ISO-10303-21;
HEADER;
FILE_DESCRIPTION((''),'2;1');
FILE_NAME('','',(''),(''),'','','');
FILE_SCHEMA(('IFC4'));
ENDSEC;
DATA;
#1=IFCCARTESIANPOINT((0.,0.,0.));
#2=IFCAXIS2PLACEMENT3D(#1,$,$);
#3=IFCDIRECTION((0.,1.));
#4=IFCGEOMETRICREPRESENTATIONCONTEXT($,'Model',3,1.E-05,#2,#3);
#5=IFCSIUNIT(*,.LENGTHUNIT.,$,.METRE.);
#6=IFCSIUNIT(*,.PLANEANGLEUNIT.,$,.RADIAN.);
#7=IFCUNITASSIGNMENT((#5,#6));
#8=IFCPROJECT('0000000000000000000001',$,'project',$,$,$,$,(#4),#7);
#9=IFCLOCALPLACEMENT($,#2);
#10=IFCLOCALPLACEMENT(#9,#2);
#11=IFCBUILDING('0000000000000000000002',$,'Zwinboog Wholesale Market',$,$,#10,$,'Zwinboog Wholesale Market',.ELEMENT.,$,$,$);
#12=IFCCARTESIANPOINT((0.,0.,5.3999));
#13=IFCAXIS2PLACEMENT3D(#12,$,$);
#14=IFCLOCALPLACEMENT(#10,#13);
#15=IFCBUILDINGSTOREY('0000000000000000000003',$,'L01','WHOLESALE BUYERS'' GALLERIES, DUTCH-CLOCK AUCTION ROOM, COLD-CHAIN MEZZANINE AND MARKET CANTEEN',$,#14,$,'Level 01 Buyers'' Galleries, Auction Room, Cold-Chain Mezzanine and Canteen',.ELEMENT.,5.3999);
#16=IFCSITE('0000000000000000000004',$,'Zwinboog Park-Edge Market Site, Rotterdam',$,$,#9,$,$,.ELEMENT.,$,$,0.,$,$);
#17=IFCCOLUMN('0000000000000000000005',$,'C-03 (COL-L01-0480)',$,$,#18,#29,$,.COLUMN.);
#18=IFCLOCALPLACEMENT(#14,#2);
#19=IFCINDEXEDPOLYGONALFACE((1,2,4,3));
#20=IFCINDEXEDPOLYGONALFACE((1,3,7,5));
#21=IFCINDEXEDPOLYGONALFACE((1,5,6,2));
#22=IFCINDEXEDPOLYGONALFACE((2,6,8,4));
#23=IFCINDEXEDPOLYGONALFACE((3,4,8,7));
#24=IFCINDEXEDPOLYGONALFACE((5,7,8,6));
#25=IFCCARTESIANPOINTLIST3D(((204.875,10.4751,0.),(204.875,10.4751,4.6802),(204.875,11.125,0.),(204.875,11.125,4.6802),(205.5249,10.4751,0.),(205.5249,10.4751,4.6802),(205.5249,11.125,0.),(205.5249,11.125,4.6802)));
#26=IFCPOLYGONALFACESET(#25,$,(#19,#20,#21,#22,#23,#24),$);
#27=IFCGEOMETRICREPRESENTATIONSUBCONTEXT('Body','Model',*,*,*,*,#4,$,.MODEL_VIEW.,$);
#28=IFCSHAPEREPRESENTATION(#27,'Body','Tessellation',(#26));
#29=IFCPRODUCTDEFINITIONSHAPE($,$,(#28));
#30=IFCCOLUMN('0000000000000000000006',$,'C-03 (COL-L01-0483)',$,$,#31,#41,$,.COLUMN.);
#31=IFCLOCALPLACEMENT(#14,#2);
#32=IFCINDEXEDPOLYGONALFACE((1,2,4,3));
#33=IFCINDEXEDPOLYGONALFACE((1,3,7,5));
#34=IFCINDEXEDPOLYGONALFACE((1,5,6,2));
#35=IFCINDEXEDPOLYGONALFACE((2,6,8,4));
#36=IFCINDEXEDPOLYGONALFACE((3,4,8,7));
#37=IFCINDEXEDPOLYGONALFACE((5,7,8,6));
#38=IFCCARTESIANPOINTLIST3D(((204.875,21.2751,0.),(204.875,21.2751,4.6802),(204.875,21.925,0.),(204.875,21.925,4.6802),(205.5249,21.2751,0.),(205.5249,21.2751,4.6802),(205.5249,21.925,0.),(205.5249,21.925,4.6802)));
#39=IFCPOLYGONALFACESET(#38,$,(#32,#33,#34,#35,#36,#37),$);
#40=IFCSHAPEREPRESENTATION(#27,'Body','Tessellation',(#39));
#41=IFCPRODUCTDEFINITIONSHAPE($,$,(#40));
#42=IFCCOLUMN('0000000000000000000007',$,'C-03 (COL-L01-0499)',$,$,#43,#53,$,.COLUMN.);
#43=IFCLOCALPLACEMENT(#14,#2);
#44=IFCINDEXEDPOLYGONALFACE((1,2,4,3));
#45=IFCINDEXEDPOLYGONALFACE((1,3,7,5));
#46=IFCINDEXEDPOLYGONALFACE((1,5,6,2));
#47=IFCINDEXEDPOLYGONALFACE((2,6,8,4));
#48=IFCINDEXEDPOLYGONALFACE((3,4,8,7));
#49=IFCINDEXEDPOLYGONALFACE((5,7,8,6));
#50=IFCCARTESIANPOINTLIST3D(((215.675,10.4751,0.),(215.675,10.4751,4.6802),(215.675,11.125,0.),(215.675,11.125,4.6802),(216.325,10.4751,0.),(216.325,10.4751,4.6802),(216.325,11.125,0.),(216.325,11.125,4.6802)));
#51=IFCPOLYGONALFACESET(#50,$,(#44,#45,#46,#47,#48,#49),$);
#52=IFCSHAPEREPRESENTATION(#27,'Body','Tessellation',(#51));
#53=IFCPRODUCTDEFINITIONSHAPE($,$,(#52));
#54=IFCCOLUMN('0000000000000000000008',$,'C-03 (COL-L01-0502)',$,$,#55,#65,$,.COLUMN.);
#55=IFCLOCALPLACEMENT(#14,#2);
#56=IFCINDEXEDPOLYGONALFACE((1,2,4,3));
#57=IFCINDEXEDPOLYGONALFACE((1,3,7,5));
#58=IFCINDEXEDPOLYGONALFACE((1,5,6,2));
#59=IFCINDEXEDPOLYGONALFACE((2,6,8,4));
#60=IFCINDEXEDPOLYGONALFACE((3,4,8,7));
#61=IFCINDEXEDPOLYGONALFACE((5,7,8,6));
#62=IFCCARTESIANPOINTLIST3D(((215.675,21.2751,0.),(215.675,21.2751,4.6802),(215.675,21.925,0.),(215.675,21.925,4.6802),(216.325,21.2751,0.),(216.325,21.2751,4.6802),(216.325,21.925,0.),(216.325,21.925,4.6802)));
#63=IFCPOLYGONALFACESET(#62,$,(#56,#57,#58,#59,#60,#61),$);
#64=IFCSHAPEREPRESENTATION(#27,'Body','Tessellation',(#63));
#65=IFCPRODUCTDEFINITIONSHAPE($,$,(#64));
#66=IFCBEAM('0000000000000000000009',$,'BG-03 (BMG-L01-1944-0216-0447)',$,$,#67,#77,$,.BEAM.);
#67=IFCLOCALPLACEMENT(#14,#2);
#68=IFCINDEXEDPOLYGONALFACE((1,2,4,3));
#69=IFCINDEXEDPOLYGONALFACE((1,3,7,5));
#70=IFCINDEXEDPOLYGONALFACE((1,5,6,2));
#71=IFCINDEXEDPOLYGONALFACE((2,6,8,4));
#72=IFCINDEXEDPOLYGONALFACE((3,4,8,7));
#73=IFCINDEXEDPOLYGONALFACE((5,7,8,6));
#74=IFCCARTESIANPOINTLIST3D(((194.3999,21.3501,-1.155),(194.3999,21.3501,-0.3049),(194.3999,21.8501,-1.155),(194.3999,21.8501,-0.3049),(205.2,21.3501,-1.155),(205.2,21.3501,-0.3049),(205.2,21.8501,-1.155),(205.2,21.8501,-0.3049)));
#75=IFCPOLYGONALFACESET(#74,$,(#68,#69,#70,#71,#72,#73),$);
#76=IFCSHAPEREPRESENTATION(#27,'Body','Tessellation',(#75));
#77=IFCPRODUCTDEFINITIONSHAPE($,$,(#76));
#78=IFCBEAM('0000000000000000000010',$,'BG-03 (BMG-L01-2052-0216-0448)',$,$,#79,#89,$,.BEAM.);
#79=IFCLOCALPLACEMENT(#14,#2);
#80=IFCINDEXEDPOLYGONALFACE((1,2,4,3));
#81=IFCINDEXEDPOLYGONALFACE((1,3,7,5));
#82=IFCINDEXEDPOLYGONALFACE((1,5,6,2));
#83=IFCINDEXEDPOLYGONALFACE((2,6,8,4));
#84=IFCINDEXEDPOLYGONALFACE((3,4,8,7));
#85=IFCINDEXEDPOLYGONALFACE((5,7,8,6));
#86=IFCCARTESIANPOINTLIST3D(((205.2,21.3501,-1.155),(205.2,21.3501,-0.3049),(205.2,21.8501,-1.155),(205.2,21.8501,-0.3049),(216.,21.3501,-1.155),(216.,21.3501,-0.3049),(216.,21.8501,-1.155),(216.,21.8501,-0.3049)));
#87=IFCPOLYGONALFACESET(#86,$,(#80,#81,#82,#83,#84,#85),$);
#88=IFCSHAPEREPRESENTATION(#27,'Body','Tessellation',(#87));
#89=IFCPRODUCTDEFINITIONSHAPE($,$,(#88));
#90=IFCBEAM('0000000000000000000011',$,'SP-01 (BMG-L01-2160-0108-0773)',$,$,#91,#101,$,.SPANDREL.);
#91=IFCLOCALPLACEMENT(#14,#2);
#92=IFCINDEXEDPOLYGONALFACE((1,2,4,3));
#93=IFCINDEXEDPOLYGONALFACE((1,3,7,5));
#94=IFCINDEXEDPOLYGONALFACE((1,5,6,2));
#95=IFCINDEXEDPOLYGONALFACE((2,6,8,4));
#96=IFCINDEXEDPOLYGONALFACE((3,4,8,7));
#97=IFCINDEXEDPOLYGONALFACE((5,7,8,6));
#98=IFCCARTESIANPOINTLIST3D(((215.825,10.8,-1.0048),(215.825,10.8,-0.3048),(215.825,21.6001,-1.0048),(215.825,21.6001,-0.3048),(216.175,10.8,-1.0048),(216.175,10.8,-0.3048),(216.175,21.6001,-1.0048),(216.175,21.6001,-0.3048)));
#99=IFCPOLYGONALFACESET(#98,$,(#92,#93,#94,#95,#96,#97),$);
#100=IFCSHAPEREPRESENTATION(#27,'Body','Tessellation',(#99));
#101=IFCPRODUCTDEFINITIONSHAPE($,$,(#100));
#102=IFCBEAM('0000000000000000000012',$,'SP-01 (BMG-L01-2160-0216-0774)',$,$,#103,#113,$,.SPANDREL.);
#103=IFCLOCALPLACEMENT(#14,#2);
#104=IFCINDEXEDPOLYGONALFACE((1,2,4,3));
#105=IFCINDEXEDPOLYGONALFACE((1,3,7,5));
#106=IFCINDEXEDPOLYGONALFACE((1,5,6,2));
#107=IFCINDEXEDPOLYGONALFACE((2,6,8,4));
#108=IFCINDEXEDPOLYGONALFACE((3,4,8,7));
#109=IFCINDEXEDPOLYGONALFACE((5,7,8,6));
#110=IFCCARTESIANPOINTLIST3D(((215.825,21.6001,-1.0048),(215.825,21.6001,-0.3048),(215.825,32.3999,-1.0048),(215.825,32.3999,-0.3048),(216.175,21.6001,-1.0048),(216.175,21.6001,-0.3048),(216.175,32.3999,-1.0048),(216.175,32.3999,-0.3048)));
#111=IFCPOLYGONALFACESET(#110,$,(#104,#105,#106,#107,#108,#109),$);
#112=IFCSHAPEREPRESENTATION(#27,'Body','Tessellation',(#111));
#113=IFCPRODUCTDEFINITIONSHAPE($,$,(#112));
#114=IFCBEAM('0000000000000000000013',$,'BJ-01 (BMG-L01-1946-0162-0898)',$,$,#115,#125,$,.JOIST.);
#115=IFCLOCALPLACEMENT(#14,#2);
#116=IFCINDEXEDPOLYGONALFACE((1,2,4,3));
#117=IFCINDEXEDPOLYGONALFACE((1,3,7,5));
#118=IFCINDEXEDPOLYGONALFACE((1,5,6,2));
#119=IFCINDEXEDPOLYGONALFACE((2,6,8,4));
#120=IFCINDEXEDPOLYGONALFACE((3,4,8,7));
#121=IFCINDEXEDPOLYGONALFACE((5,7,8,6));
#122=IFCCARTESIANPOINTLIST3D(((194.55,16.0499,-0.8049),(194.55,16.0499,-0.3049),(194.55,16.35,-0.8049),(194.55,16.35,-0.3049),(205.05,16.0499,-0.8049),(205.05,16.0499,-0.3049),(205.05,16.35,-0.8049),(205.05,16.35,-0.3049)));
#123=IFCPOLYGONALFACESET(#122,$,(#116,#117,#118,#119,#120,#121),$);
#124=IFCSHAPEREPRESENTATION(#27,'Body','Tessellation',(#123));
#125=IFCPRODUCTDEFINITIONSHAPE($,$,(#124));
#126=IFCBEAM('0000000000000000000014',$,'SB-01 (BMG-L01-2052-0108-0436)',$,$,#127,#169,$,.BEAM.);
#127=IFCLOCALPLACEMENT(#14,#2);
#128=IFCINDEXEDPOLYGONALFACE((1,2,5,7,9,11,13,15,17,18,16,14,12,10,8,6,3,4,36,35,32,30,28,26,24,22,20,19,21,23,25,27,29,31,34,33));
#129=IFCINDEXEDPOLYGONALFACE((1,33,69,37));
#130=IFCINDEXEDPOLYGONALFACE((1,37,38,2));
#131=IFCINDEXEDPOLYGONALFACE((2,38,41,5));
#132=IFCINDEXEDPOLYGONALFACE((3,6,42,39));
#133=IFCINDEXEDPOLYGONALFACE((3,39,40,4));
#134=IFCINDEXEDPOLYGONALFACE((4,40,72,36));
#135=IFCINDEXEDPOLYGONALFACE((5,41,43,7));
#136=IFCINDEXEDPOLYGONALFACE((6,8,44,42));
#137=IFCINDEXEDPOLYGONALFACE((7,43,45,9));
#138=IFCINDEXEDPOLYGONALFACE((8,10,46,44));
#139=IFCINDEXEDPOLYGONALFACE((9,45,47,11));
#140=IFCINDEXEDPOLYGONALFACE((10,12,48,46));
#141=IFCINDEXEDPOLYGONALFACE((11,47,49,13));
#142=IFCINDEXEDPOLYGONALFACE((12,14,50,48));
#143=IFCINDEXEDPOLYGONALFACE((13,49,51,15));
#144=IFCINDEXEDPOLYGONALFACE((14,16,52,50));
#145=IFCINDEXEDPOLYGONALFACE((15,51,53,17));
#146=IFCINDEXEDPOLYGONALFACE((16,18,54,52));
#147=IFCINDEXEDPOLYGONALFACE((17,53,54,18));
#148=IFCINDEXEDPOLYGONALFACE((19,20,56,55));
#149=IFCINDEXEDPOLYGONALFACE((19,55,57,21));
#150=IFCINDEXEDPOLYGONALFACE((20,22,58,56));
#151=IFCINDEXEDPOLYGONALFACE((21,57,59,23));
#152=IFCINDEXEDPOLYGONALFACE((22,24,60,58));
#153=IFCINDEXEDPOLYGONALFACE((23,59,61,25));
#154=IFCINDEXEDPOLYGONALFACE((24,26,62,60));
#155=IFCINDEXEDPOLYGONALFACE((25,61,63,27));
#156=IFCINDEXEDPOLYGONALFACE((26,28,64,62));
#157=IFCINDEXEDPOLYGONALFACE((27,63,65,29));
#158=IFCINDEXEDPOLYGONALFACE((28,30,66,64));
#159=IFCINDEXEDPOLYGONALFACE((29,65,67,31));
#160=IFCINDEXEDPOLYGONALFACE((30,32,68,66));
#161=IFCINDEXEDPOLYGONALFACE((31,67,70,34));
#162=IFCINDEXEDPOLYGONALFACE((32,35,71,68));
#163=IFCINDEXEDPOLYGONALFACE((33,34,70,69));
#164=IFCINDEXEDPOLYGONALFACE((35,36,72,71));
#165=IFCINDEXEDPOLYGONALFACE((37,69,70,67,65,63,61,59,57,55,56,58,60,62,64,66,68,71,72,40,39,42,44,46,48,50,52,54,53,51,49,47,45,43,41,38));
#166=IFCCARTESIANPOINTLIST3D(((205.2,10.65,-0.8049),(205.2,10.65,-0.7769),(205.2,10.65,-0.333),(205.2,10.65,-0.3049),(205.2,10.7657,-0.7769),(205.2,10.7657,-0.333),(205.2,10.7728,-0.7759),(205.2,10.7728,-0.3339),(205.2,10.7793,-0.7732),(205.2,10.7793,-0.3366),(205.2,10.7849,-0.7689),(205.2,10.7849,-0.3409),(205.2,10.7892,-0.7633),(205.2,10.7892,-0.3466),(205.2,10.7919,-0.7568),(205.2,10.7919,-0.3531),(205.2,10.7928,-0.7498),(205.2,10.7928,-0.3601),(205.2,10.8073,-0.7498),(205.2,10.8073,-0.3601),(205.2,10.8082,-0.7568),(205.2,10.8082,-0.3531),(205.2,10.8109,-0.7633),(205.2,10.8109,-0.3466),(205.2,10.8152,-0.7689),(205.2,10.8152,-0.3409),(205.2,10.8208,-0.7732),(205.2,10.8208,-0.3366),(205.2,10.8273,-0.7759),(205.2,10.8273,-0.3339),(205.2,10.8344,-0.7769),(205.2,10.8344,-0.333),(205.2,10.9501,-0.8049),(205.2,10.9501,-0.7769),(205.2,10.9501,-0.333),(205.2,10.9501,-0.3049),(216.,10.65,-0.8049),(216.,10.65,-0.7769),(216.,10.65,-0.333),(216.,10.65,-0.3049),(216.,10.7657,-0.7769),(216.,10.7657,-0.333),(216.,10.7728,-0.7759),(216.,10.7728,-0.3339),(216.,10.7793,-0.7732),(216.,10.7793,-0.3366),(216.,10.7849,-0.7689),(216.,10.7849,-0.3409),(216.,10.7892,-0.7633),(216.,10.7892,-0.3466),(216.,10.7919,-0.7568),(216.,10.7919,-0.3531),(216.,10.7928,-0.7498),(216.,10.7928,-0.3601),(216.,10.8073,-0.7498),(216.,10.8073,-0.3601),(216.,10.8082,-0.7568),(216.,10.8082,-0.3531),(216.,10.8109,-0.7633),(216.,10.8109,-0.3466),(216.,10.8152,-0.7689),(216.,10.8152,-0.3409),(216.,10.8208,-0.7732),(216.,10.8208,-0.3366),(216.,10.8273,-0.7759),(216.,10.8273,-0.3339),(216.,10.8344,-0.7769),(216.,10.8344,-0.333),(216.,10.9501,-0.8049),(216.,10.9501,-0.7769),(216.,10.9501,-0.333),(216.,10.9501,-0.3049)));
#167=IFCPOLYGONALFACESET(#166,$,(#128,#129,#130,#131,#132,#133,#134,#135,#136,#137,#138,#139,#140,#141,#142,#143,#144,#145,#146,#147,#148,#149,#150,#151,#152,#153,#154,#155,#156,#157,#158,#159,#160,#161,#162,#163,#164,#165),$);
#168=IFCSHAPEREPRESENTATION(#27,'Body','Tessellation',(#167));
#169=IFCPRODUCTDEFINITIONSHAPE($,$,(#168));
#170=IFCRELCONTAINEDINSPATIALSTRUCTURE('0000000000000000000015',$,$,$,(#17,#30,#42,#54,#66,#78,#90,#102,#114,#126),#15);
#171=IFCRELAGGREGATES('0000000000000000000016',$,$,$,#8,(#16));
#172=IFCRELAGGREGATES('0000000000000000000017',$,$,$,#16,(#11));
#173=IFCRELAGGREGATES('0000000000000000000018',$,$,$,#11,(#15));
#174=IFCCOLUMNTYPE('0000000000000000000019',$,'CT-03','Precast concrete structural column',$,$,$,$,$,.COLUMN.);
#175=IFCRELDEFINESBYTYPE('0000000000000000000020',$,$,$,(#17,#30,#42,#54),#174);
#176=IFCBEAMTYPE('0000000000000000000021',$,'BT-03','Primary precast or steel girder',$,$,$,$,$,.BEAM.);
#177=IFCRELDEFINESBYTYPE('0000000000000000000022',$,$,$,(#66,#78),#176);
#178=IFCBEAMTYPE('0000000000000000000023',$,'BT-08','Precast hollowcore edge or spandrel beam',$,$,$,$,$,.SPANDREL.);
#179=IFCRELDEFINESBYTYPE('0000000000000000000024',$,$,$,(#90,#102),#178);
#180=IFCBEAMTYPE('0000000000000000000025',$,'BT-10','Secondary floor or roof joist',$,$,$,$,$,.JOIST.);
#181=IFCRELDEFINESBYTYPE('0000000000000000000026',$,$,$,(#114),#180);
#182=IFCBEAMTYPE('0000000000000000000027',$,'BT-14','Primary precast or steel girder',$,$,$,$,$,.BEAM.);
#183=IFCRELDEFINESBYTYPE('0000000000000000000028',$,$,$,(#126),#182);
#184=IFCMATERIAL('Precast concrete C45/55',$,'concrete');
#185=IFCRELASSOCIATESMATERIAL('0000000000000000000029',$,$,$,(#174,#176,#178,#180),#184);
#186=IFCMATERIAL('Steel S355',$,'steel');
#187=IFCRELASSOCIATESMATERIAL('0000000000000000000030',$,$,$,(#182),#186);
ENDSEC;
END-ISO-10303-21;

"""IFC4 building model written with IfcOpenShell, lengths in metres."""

from ifc_helpers import new_model, si_unit, direction, frame, origin, origin_2d, place, context, subcontext, project, spatial, rectangle, i_section, extrude, material, material_profile, profile_set, type_object, element, save


model = new_model("IFC4")

# Units and contexts
model_context = context("Model", 3, precision=1e-05, world=origin(), true_north=direction((0.0, 1.0)))
body_context = subcontext(model_context, "Body", "Model", "MODEL_VIEW")
ifc_project = project(units=[si_unit("LENGTHUNIT", "METRE"), si_unit("PLANEANGLEUNIT", "RADIAN")], contexts=[model_context])

# Site, building, storey
site_placement = place(None, origin())
site = spatial("IfcSite", under=ifc_project, at=site_placement, Name="Zwinboog Park-Edge Market Site, Rotterdam", CompositionType="ELEMENT", RefElevation=0.0)
building_placement = place(site_placement, origin())
building = spatial("IfcBuilding", under=site, at=building_placement, Name="Zwinboog Wholesale Market", LongName="Zwinboog Wholesale Market", CompositionType="ELEMENT")
storey_placement = place(building_placement, frame((0.0, 0.0, 5.3999)))
storey = spatial("IfcBuildingStorey", under=building, at=storey_placement, Name="L01", Description="WHOLESALE BUYERS' GALLERIES, DUTCH-CLOCK AUCTION ROOM, COLD-CHAIN MEZZANINE AND MARKET CANTEEN", LongName="Level 01 Buyers' Galleries, Auction Room, Cold-Chain Mezzanine and Canteen", CompositionType="ELEMENT", Elevation=5.3999)

# Columns
ifc_material_1 = material(Name="Precast concrete C45/55", Category="concrete")
ifc_material_profile_1 = material_profile(ifc_material_1, rectangle(XDim=0.6499, YDim=0.6499, at=origin_2d()), Name="PC 650x650")
ifc_profile_set_1 = profile_set([ifc_material_profile_1], Name="Precast concrete C45/55")
column_type = type_object("IfcColumnType", Name="CT-03", Description="Precast concrete structural column", PredefinedType="COLUMN", material=ifc_profile_set_1)
for number, where, z_axis, x_axis, name in (
    (1, (205.2, 10.8, 0.0), (0.0, 0.0, 1.0), (1.0, 0.0, 0.0), "C-03 (COL-L01-0480)"),
    (2, (205.2, 21.6001, 0.0), (0.0, 0.0, 1.0), (1.0, 0.0, 0.0), "C-03 (COL-L01-0483)"),
    (3, (216.0, 10.8, 0.0), (0.0, 0.0, 1.0), (1.0, 0.0, 0.0), "C-03 (COL-L01-0499)"),
    (4, (216.0, 21.6001, 0.0), (0.0, 0.0, 1.0), (1.0, 0.0, 0.0), "C-03 (COL-L01-0502)"),
):
    element("IfcColumn", number, at=place(storey_placement, frame(where, z_axis=z_axis, x_axis=x_axis)), inside=storey, type_object=column_type, Name=name, PredefinedType="COLUMN", context=body_context, shape_type="SweptSolid", body=[
        extrude(rectangle(XDim=0.6499, YDim=0.6499, at=origin_2d()), origin(), (0.0, 0.0, 1.0), 4.6802),
    ])

# Beams
ifc_material_profile_2 = material_profile(ifc_material_1, rectangle(XDim=0.5, YDim=0.8501, at=origin_2d()), Name="PC 500x850")
ifc_profile_set_2 = profile_set([ifc_material_profile_2], Name="Precast concrete C45/55")
beam_type_1 = type_object("IfcBeamType", Name="BT-03", Description="Primary precast or steel girder", PredefinedType="BEAM", material=ifc_profile_set_2)
for number, where, z_axis, x_axis, name in (
    (5, (194.3999, 21.6001, -0.73), (1.0, 0.0, 0.0), (0.0, 1.0, 0.0), "BG-03 (BMG-L01-1944-0216-0447)"),
    (6, (205.2, 21.6001, -0.73), (1.0, 0.0, 0.0), (0.0, 1.0, 0.0), "BG-03 (BMG-L01-2052-0216-0448)"),
):
    element("IfcBeam", number, at=place(storey_placement, frame(where, z_axis=z_axis, x_axis=x_axis)), inside=storey, type_object=beam_type_1, Name=name, PredefinedType="BEAM", context=body_context, shape_type="SweptSolid", body=[
        extrude(rectangle(XDim=0.5, YDim=0.8501, at=origin_2d()), origin(), (0.0, 0.0, 1.0), 10.8),
    ])
ifc_material_profile_3 = material_profile(ifc_material_1, rectangle(XDim=0.3501, YDim=0.7, at=origin_2d()), Name="PC 350x700")
ifc_profile_set_3 = profile_set([ifc_material_profile_3], Name="Precast concrete C45/55")
beam_type_2 = type_object("IfcBeamType", Name="BT-08", Description="Precast hollowcore edge or spandrel beam", PredefinedType="SPANDREL", material=ifc_profile_set_3)
beam_1_placement = place(storey_placement, frame((216.0, 10.8, -0.6548), z_axis=(0.0, 1.0, 0.0), x_axis=(-1.0, 0.0, 0.0)))
element("IfcBeam", 7, at=beam_1_placement, inside=storey, type_object=beam_type_2, Name="SP-01 (BMG-L01-2160-0108-0773)", PredefinedType="SPANDREL", context=body_context, shape_type="SweptSolid", body=[
    extrude(rectangle(XDim=0.3501, YDim=0.7, at=origin_2d()), origin(), (0.0, 0.0, 1.0), 10.8),
])
beam_2_placement = place(storey_placement, frame((216.0, 21.6001, -0.6548), z_axis=(0.0, 1.0, 0.0), x_axis=(-1.0, 0.0, 0.0)))
element("IfcBeam", 8, at=beam_2_placement, inside=storey, type_object=beam_type_2, Name="SP-01 (BMG-L01-2160-0216-0774)", PredefinedType="SPANDREL", context=body_context, shape_type="SweptSolid", body=[
    extrude(rectangle(XDim=0.3501, YDim=0.7, at=origin_2d()), origin(), (0.0, 0.0, 1.0), 10.7998),
])
ifc_material_profile_4 = material_profile(ifc_material_1, rectangle(XDim=0.3, YDim=0.5, at=origin_2d()), Name="PC 300x500")
ifc_profile_set_4 = profile_set([ifc_material_profile_4], Name="Precast concrete C45/55")
beam_type_3 = type_object("IfcBeamType", Name="BT-10", Description="Secondary floor or roof joist", PredefinedType="JOIST", material=ifc_profile_set_4)
beam_3_placement = place(storey_placement, frame((194.55, 16.2, -0.5549), z_axis=(1.0, 0.0, 0.0), x_axis=(0.0, 1.0, 0.0)))
element("IfcBeam", 9, at=beam_3_placement, inside=storey, type_object=beam_type_3, Name="BJ-01 (BMG-L01-1946-0162-0898)", PredefinedType="JOIST", context=body_context, shape_type="SweptSolid", body=[
    extrude(rectangle(XDim=0.3, YDim=0.5, at=origin_2d()), origin(), (0.0, 0.0, 1.0), 10.5),
])
ifc_material_2 = material(Name="Steel S355", Category="steel")
ifc_material_profile_5 = material_profile(ifc_material_2, i_section(OverallWidth=0.3, OverallDepth=0.5, WebThickness=0.0144, FlangeThickness=0.0281, FilletRadius=0.0271, at=origin_2d()), Name="HEB 500")
ifc_profile_set_5 = profile_set([ifc_material_profile_5], Name="Steel S355")
beam_type_4 = type_object("IfcBeamType", Name="BT-14", Description="Primary precast or steel girder", PredefinedType="BEAM", material=ifc_profile_set_5)
beam_4_placement = place(storey_placement, frame((205.2, 10.8, -0.5549), z_axis=(1.0, 0.0, 0.0), x_axis=(0.0, 1.0, 0.0)))
element("IfcBeam", 10, at=beam_4_placement, inside=storey, type_object=beam_type_4, Name="SB-01 (BMG-L01-2052-0108-0436)", PredefinedType="BEAM", context=body_context, shape_type="SweptSolid", body=[
    extrude(i_section(OverallWidth=0.3, OverallDepth=0.5, WebThickness=0.0144, FlangeThickness=0.0281, FilletRadius=0.0271, at=origin_2d()), origin(), (0.0, 0.0, 1.0), 10.8),
])

save(model, "model.ifc")
